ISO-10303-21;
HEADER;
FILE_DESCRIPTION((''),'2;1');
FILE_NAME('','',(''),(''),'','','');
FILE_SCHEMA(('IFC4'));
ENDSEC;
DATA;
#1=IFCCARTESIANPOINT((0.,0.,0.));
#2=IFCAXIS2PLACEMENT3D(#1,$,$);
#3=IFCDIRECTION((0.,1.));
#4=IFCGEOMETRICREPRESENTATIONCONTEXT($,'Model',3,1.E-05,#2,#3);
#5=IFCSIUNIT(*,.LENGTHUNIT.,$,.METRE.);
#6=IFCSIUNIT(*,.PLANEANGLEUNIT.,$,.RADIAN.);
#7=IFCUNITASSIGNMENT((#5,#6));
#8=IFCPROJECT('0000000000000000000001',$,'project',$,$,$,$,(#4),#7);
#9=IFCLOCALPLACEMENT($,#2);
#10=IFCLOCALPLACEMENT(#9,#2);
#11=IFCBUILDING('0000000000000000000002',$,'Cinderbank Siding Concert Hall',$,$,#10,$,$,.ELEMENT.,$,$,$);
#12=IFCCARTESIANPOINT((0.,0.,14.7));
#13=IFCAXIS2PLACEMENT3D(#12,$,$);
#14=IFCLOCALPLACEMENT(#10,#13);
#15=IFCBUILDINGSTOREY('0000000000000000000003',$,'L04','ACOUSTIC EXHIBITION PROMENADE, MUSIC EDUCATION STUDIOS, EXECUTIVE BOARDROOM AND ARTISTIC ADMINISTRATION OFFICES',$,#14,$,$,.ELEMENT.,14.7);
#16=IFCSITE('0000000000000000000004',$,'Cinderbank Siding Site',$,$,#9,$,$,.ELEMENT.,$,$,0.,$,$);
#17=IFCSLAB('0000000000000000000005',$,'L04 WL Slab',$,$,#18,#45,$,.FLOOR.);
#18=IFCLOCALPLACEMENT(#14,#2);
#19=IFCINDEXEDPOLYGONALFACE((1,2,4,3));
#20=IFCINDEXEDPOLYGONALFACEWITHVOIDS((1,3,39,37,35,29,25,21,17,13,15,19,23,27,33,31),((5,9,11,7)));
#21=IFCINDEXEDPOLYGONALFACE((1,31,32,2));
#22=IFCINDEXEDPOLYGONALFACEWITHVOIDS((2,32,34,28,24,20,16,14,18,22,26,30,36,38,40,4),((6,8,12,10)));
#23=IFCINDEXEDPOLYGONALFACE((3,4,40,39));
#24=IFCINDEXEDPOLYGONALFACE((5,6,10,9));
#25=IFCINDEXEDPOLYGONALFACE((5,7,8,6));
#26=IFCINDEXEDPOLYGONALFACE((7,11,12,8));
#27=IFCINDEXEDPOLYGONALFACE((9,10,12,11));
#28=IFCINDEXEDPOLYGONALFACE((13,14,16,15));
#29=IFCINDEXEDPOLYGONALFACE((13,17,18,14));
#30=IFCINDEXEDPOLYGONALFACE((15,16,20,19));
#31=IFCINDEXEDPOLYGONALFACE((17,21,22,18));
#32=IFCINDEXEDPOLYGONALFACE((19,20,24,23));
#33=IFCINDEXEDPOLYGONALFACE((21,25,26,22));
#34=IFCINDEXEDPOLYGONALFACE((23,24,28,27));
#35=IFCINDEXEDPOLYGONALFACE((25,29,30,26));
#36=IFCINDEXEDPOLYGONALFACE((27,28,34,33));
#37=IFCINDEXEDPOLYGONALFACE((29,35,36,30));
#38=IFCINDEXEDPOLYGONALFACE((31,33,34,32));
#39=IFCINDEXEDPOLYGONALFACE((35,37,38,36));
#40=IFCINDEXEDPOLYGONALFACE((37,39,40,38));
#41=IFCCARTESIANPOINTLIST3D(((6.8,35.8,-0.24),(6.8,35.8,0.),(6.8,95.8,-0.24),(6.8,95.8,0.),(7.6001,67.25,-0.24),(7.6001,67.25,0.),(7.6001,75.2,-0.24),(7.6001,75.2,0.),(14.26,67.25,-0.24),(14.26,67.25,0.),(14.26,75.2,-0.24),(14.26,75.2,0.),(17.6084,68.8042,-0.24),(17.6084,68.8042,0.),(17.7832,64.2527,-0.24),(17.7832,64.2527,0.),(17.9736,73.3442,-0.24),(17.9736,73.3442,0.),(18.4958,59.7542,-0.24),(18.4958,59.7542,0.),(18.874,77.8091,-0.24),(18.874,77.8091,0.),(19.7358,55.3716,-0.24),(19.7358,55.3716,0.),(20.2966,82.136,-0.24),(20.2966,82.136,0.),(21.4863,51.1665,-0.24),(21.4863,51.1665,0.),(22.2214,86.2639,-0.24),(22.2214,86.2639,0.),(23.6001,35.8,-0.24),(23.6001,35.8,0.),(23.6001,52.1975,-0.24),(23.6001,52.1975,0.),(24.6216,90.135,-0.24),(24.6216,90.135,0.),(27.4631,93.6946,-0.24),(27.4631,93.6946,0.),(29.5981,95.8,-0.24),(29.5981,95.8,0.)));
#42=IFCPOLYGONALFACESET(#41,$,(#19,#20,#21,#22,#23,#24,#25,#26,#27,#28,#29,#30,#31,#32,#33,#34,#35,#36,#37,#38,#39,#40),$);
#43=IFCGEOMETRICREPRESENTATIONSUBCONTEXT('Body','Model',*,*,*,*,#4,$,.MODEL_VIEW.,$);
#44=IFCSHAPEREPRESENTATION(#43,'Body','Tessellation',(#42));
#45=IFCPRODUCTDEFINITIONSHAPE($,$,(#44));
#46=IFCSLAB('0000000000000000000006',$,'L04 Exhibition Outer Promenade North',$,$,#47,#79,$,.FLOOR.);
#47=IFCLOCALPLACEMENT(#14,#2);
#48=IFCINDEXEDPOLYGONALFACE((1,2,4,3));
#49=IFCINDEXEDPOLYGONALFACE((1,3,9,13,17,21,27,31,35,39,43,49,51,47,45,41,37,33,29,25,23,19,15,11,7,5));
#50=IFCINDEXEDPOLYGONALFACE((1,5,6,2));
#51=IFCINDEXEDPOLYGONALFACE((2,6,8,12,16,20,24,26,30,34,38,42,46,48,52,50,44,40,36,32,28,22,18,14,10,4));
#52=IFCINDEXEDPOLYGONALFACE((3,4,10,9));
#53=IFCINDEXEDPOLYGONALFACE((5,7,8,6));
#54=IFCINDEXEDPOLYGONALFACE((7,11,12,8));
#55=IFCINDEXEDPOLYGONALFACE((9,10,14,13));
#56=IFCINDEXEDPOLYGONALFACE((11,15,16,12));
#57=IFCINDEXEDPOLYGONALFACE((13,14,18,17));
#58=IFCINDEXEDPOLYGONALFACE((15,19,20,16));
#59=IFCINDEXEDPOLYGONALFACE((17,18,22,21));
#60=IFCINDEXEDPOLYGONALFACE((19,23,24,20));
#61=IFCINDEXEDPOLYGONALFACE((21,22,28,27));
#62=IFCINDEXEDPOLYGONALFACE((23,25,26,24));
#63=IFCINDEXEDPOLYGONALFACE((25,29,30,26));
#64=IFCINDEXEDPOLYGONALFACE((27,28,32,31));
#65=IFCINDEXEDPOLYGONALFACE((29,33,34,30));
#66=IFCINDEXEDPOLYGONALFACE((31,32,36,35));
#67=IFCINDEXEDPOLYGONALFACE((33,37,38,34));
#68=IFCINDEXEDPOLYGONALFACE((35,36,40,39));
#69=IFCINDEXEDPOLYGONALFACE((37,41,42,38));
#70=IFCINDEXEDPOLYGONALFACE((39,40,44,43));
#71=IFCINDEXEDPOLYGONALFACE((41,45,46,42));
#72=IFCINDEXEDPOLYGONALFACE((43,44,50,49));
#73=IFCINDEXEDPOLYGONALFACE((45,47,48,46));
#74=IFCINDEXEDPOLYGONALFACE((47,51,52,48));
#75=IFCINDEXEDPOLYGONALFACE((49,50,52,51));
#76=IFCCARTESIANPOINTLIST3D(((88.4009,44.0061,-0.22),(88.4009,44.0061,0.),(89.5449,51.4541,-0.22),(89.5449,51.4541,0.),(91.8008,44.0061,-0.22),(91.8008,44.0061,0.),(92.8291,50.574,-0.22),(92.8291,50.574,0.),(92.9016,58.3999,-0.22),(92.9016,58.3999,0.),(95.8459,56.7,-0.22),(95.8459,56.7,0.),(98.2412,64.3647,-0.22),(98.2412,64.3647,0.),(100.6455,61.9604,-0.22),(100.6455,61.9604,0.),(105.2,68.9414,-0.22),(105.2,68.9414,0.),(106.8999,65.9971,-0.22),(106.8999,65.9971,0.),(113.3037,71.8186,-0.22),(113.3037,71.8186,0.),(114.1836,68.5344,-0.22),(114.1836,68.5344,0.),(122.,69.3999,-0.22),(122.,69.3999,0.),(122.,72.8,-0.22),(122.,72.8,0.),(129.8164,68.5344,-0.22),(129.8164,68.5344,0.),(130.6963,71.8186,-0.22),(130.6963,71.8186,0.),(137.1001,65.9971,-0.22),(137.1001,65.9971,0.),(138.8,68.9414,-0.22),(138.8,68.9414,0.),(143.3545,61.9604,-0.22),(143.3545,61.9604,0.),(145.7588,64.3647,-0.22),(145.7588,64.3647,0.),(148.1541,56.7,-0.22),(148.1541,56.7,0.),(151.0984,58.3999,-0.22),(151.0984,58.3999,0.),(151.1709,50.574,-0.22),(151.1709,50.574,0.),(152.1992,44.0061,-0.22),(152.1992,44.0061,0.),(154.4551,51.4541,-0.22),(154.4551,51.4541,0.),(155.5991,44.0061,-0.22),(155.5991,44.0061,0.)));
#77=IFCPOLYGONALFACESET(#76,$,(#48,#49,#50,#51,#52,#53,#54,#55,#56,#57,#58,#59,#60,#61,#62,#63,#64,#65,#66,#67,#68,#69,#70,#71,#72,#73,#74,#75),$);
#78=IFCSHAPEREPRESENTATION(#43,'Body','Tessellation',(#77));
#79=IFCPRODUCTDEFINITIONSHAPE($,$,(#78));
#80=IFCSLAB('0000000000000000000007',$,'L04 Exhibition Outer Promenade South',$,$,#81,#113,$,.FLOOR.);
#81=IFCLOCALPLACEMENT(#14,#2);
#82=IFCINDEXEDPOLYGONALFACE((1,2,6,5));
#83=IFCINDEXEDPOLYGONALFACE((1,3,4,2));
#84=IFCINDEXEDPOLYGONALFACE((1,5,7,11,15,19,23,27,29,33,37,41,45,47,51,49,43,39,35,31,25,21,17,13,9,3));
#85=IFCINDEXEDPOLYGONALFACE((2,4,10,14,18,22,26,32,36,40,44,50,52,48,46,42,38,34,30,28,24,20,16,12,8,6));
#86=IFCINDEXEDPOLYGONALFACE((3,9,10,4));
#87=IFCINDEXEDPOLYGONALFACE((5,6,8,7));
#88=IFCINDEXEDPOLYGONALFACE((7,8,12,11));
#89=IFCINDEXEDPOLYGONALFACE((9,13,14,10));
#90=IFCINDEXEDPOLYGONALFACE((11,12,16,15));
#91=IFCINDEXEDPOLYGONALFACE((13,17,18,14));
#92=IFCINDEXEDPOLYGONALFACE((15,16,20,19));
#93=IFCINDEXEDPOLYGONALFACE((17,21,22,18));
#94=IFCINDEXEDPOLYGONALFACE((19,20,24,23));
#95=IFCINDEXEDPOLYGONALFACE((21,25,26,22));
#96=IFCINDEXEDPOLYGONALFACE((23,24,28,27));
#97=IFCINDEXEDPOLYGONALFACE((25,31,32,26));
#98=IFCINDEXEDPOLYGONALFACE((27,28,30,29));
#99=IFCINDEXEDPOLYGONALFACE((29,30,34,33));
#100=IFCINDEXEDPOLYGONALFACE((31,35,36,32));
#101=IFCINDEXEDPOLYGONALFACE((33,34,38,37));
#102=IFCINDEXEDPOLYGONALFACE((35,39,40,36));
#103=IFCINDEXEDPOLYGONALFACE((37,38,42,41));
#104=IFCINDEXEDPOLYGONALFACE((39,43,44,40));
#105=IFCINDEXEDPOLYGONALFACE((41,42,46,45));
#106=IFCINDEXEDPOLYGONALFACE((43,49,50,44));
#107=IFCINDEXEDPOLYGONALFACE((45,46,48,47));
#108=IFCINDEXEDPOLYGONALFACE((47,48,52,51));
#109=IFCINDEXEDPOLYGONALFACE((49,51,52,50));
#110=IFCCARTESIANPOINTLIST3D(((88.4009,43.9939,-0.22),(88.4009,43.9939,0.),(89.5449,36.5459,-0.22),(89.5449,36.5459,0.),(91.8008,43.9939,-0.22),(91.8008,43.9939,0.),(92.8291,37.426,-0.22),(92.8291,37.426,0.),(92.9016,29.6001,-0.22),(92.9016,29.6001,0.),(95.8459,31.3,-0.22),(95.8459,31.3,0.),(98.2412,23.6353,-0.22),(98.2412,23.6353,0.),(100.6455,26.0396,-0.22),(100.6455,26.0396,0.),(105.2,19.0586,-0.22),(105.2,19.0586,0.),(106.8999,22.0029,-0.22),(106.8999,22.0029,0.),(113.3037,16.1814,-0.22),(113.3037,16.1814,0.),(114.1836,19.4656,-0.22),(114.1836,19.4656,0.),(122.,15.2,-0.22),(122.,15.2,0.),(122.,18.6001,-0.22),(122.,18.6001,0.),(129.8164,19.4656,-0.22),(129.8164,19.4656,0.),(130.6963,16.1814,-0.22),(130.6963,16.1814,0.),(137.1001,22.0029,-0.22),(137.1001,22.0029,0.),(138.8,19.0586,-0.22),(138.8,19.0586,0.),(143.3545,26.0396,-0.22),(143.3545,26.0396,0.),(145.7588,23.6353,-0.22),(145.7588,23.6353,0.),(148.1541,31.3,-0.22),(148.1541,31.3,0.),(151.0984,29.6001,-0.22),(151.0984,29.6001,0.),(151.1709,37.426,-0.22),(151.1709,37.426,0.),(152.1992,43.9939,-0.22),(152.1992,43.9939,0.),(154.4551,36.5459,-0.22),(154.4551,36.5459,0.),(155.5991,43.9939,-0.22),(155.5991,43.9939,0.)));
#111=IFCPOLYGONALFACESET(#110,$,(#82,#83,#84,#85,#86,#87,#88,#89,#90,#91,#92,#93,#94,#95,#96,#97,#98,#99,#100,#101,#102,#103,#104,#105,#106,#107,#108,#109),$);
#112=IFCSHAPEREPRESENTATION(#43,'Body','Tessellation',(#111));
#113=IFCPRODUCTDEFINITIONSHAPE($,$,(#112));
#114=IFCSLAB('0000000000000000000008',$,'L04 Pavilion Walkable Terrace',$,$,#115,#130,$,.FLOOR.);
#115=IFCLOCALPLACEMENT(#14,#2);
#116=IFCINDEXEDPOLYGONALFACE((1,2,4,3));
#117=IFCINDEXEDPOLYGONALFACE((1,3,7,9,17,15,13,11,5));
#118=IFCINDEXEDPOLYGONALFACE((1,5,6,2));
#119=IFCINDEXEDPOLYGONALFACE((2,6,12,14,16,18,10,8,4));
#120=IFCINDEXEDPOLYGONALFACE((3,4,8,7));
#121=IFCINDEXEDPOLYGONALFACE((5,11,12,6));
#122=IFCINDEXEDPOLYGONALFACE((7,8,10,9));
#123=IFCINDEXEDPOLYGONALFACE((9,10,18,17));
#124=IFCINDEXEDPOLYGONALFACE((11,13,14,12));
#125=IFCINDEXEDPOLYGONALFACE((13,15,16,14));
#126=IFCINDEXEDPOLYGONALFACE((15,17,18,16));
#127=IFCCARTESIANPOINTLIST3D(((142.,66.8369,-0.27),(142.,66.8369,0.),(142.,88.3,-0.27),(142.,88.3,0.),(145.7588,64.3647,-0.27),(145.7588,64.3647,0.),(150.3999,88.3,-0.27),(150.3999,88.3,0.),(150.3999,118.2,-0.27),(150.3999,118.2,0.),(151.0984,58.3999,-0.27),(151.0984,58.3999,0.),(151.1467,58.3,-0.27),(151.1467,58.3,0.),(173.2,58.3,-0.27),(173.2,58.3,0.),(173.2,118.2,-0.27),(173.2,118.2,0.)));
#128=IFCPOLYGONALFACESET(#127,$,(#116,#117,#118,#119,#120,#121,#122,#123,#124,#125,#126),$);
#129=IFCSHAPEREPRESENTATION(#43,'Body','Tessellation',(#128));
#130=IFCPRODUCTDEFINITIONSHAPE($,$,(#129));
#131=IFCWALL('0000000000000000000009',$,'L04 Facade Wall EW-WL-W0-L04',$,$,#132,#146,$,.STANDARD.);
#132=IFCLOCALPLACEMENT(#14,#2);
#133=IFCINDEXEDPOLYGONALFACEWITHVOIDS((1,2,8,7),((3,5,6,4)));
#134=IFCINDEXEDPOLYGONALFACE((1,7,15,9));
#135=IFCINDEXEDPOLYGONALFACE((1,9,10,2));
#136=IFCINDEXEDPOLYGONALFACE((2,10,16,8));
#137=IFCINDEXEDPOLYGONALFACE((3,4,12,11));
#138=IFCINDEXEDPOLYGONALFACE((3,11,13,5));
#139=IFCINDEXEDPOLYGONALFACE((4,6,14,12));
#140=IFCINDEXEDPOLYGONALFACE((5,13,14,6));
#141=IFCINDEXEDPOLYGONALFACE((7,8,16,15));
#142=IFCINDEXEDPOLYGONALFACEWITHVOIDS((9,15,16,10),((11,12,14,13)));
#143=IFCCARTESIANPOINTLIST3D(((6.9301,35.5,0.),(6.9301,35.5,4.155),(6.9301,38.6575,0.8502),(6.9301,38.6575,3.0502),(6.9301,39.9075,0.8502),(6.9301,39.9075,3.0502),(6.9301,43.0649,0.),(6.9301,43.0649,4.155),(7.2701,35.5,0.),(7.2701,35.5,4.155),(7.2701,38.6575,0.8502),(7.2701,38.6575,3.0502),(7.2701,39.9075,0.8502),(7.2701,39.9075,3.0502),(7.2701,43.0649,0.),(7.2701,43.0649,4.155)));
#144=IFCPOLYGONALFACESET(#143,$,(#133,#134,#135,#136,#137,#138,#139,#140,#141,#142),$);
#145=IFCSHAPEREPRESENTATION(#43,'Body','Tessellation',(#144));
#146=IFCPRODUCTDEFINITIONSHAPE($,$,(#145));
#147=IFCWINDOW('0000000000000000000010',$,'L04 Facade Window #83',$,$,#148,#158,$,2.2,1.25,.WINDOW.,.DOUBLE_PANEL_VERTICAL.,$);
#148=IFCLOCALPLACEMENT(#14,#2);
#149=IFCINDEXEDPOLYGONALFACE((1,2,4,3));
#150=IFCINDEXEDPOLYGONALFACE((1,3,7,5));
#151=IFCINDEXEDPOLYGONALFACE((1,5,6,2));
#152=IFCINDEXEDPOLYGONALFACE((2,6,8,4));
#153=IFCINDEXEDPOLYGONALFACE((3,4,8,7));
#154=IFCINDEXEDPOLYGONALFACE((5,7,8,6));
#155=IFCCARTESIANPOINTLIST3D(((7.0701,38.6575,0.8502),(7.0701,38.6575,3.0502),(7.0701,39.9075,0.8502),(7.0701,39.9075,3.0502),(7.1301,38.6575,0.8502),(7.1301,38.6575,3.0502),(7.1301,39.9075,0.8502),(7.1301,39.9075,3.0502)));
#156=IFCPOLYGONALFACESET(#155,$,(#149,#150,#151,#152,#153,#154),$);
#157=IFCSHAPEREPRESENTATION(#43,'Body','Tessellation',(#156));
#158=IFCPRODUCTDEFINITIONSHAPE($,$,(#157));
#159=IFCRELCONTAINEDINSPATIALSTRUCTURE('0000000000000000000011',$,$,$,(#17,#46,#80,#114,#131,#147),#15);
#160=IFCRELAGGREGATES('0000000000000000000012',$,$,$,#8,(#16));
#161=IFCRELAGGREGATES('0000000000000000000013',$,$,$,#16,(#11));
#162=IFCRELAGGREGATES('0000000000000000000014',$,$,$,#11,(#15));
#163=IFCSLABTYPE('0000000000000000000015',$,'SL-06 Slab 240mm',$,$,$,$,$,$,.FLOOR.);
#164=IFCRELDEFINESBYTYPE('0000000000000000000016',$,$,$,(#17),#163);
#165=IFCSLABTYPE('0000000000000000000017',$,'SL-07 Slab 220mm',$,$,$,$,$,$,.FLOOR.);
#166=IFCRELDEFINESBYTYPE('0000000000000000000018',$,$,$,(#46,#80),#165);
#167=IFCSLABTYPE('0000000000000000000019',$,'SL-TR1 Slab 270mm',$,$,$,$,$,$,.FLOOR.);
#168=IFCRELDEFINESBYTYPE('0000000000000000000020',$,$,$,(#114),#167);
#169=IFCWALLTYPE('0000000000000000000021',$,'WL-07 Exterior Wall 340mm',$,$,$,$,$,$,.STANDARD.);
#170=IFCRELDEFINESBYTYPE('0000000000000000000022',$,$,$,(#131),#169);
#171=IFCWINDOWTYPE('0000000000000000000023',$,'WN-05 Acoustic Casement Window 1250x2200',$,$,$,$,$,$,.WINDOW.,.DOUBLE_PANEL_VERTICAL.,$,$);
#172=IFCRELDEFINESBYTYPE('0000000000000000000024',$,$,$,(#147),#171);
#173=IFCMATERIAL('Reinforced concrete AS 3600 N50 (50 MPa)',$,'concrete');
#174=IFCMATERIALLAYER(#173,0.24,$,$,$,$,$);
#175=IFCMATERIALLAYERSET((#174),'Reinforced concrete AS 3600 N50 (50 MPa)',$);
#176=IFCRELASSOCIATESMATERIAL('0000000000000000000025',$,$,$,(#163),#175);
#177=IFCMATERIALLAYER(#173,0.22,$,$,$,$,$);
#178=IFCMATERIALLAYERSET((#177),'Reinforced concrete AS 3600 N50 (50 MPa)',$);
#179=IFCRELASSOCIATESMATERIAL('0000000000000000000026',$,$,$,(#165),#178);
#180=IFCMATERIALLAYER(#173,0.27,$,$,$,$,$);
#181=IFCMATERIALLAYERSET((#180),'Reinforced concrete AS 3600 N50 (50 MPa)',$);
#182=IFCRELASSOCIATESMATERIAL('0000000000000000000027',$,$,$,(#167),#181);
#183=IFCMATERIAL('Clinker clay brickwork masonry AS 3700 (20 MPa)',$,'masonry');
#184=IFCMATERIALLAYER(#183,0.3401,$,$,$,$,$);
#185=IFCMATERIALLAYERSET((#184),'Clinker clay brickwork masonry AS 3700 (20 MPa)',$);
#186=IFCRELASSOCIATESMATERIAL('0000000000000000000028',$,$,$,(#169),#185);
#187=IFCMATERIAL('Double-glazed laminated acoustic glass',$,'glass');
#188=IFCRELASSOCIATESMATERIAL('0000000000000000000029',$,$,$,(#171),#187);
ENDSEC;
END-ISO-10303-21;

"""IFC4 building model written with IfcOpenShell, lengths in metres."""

from ifc_helpers import new_model, si_unit, direction, frame, frame_2d, origin, place, context, subcontext, project, spatial, polyline, rectangle, outline, extrude, material, layer, layer_set, type_object, element, fill, save


model = new_model("IFC4")

# Units and contexts
model_context = context("Model", 3, precision=1e-05, world=origin(), true_north=direction((0.0, 1.0)))
body_context = subcontext(model_context, "Body", "Model", "MODEL_VIEW")
ifc_project = project(units=[si_unit("LENGTHUNIT", "METRE"), si_unit("PLANEANGLEUNIT", "RADIAN")], contexts=[model_context])

# Site, building, storey
site_placement = place(None, origin())
site = spatial("IfcSite", under=ifc_project, at=site_placement, Name="Cinderbank Siding Site", CompositionType="ELEMENT", RefElevation=0.0)
building_placement = place(site_placement, origin())
building = spatial("IfcBuilding", under=site, at=building_placement, Name="Cinderbank Siding Concert Hall", CompositionType="ELEMENT")
storey_placement = place(building_placement, frame((0.0, 0.0, 14.7)))
storey = spatial("IfcBuildingStorey", under=building, at=storey_placement, Name="L04", Description="ACOUSTIC EXHIBITION PROMENADE, MUSIC EDUCATION STUDIOS, EXECUTIVE BOARDROOM AND ARTISTIC ADMINISTRATION OFFICES", CompositionType="ELEMENT", Elevation=14.7)

# Shared definitions
ifc_material_1 = material(Name="Reinforced concrete AS 3600 N50 (50 MPa)", Category="concrete")

# Slabs
ifc_layer_1 = layer(ifc_material_1, 0.24)
ifc_layer_set_1 = layer_set([ifc_layer_1], Name="Reinforced concrete AS 3600 N50 (50 MPa)")
slab_type_1 = type_object("IfcSlabType", Name="SL-06 Slab 240mm", PredefinedType="FLOOR", material=ifc_layer_set_1)
slab_1_placement = place(storey_placement, frame((0.0, 0.0, -0.24)))
element("IfcSlab", 1, at=slab_1_placement, inside=storey, type_object=slab_type_1, Name="L04 WL Slab", PredefinedType="FLOOR", context=body_context, shape_type="SweptSolid", body=[
    extrude(outline(polyline([(6.8, 95.8), (29.5981, 95.8), (27.4631, 93.6946), (24.6216, 90.135), (22.2214, 86.2639), (20.2966, 82.136), (18.874, 77.8091), (17.9736, 73.3442), (17.6084, 68.8042), (17.7832, 64.2527), (18.4958, 59.7542), (19.7358, 55.3716), (21.4863, 51.1665), (23.6001, 52.1975), (23.6001, 35.8), (6.8, 35.8), (6.8, 95.8)]), holes=[polyline([(14.26, 67.25), (14.26, 75.2), (7.6001, 75.2), (7.6001, 67.25), (14.26, 67.25)])]), origin(), (0.0, 0.0, 1.0), 0.24),
])
ifc_layer_2 = layer(ifc_material_1, 0.22)
ifc_layer_set_2 = layer_set([ifc_layer_2], Name="Reinforced concrete AS 3600 N50 (50 MPa)")
slab_type_2 = type_object("IfcSlabType", Name="SL-07 Slab 220mm", PredefinedType="FLOOR", material=ifc_layer_set_2)
slab_2_placement = place(storey_placement, frame((0.0, 0.0, -0.22)))
element("IfcSlab", 2, at=slab_2_placement, inside=storey, type_object=slab_type_2, Name="L04 Exhibition Outer Promenade North", PredefinedType="FLOOR", context=body_context, shape_type="SweptSolid", body=[
    extrude(outline(polyline([(89.5449, 51.4541), (92.9016, 58.3999), (98.2412, 64.3647), (105.2, 68.9414), (113.3037, 71.8186), (122.0, 72.8), (130.6963, 71.8186), (138.8, 68.9414), (145.7588, 64.3647), (151.0984, 58.3999), (154.4551, 51.4541), (155.5991, 44.0061), (152.1992, 44.0061), (151.1709, 50.574), (148.1541, 56.7), (143.3545, 61.9604), (137.1001, 65.9971), (129.8164, 68.5344), (122.0, 69.3999), (114.1836, 68.5344), (106.8999, 65.9971), (100.6455, 61.9604), (95.8459, 56.7), (92.8291, 50.574), (91.8008, 44.0061), (88.4009, 44.0061), (89.5449, 51.4541)])), origin(), (0.0, 0.0, 1.0), 0.22),
])
slab_3_placement = place(storey_placement, frame((0.0, 0.0, -0.22)))
element("IfcSlab", 3, at=slab_3_placement, inside=storey, type_object=slab_type_2, Name="L04 Exhibition Outer Promenade South", PredefinedType="FLOOR", context=body_context, shape_type="SweptSolid", body=[
    extrude(outline(polyline([(151.0984, 29.6001), (145.7588, 23.6353), (138.8, 19.0586), (130.6963, 16.1814), (122.0, 15.2), (113.3037, 16.1814), (105.2, 19.0586), (98.2412, 23.6353), (92.9016, 29.6001), (89.5449, 36.5459), (88.4009, 43.9939), (91.8008, 43.9939), (92.8291, 37.426), (95.8459, 31.3), (100.6455, 26.0396), (106.8999, 22.0029), (114.1836, 19.4656), (122.0, 18.6001), (129.8164, 19.4656), (137.1001, 22.0029), (143.3545, 26.0396), (148.1541, 31.3), (151.1709, 37.426), (152.1992, 43.9939), (155.5991, 43.9939), (154.4551, 36.5459), (151.0984, 29.6001)])), origin(), (0.0, 0.0, 1.0), 0.22),
])
ifc_layer_3 = layer(ifc_material_1, 0.27)
ifc_layer_set_3 = layer_set([ifc_layer_3], Name="Reinforced concrete AS 3600 N50 (50 MPa)")
slab_type_3 = type_object("IfcSlabType", Name="SL-TR1 Slab 270mm", PredefinedType="FLOOR", material=ifc_layer_set_3)
slab_4_placement = place(storey_placement, frame((0.0, 0.0, -0.27)))
element("IfcSlab", 4, at=slab_4_placement, inside=storey, type_object=slab_type_3, Name="L04 Pavilion Walkable Terrace", PredefinedType="FLOOR", context=body_context, shape_type="SweptSolid", body=[
    extrude(outline(polyline([(151.1467, 58.3), (151.0984, 58.3999), (145.7588, 64.3647), (142.0, 66.8369), (142.0, 88.3), (150.3999, 88.3), (150.3999, 118.2), (173.2, 118.2), (173.2, 58.3), (151.1467, 58.3)])), origin(), (0.0, 0.0, 1.0), 0.27),
])

# Wall, opening, window
ifc_material_2 = material(Name="Clinker clay brickwork masonry AS 3700 (20 MPa)", Category="masonry")
ifc_layer_4 = layer(ifc_material_2, 0.3401)
ifc_layer_set_4 = layer_set([ifc_layer_4], Name="Clinker clay brickwork masonry AS 3700 (20 MPa)")
wall_type = type_object("IfcWallType", Name="WL-07 Exterior Wall 340mm", PredefinedType="STANDARD", material=ifc_layer_set_4)
wall_1_placement = place(storey_placement, frame((7.1001, 35.5, 0.0), z_axis=(0.0, 0.0, 1.0), x_axis=(0.0, 1.0, 0.0)))
wall_1 = element("IfcWall", 5, at=wall_1_placement, inside=storey, type_object=wall_type, Name="L04 Facade Wall EW-WL-W0-L04", PredefinedType="STANDARD", context=body_context, shape_type="SweptSolid", body=[
    extrude(rectangle(XDim=7.5649, YDim=0.3401, at=frame_2d((3.7825, 0.0))), origin(), (0.0, 0.0, 1.0), 4.155),
])
opening_1_placement = place(wall_1_placement, frame((3.1575, 0.0, 0.8501)))
opening_1 = element("IfcOpeningElement", 6, at=opening_1_placement, cuts=wall_1, PredefinedType="OPENING", context=body_context, shape_type="SweptSolid", body=[
    extrude(rectangle(XDim=1.25, YDim=2.2, at=frame_2d((0.625, 1.1001))), frame((0.0, 0.1821, 0.0), z_axis=(0.0, -1.0, 0.0), x_axis=(1.0, 0.0, 0.0)), (0.0, 0.0, 1.0), 0.364),
])
ifc_material_3 = material(Name="Double-glazed laminated acoustic glass", Category="glass")
window_type_1 = type_object("IfcWindowType", Name="WN-05 Acoustic Casement Window 1250x2200", PartitioningType="DOUBLE_PANEL_VERTICAL", PredefinedType="WINDOW", material=ifc_material_3)
window_1_placement = place(opening_1_placement, origin())
window_1 = element("IfcWindow", 7, at=window_1_placement, inside=storey, type_object=window_type_1, Name="L04 Facade Window #83", OverallHeight=2.2, OverallWidth=1.25, PartitioningType="DOUBLE_PANEL_VERTICAL", PredefinedType="WINDOW", context=body_context, shape_type="SweptSolid", body=[
    extrude(rectangle(XDim=1.25, YDim=2.2, at=frame_2d((0.625, 1.1001))), frame((0.0, 0.03, 0.0), z_axis=(0.0, -1.0, 0.0), x_axis=(1.0, 0.0, 0.0)), (0.0, 0.0, 1.0), 0.0601),
])
fill(opening_1, window_1)

save(model, "model.ifc")
